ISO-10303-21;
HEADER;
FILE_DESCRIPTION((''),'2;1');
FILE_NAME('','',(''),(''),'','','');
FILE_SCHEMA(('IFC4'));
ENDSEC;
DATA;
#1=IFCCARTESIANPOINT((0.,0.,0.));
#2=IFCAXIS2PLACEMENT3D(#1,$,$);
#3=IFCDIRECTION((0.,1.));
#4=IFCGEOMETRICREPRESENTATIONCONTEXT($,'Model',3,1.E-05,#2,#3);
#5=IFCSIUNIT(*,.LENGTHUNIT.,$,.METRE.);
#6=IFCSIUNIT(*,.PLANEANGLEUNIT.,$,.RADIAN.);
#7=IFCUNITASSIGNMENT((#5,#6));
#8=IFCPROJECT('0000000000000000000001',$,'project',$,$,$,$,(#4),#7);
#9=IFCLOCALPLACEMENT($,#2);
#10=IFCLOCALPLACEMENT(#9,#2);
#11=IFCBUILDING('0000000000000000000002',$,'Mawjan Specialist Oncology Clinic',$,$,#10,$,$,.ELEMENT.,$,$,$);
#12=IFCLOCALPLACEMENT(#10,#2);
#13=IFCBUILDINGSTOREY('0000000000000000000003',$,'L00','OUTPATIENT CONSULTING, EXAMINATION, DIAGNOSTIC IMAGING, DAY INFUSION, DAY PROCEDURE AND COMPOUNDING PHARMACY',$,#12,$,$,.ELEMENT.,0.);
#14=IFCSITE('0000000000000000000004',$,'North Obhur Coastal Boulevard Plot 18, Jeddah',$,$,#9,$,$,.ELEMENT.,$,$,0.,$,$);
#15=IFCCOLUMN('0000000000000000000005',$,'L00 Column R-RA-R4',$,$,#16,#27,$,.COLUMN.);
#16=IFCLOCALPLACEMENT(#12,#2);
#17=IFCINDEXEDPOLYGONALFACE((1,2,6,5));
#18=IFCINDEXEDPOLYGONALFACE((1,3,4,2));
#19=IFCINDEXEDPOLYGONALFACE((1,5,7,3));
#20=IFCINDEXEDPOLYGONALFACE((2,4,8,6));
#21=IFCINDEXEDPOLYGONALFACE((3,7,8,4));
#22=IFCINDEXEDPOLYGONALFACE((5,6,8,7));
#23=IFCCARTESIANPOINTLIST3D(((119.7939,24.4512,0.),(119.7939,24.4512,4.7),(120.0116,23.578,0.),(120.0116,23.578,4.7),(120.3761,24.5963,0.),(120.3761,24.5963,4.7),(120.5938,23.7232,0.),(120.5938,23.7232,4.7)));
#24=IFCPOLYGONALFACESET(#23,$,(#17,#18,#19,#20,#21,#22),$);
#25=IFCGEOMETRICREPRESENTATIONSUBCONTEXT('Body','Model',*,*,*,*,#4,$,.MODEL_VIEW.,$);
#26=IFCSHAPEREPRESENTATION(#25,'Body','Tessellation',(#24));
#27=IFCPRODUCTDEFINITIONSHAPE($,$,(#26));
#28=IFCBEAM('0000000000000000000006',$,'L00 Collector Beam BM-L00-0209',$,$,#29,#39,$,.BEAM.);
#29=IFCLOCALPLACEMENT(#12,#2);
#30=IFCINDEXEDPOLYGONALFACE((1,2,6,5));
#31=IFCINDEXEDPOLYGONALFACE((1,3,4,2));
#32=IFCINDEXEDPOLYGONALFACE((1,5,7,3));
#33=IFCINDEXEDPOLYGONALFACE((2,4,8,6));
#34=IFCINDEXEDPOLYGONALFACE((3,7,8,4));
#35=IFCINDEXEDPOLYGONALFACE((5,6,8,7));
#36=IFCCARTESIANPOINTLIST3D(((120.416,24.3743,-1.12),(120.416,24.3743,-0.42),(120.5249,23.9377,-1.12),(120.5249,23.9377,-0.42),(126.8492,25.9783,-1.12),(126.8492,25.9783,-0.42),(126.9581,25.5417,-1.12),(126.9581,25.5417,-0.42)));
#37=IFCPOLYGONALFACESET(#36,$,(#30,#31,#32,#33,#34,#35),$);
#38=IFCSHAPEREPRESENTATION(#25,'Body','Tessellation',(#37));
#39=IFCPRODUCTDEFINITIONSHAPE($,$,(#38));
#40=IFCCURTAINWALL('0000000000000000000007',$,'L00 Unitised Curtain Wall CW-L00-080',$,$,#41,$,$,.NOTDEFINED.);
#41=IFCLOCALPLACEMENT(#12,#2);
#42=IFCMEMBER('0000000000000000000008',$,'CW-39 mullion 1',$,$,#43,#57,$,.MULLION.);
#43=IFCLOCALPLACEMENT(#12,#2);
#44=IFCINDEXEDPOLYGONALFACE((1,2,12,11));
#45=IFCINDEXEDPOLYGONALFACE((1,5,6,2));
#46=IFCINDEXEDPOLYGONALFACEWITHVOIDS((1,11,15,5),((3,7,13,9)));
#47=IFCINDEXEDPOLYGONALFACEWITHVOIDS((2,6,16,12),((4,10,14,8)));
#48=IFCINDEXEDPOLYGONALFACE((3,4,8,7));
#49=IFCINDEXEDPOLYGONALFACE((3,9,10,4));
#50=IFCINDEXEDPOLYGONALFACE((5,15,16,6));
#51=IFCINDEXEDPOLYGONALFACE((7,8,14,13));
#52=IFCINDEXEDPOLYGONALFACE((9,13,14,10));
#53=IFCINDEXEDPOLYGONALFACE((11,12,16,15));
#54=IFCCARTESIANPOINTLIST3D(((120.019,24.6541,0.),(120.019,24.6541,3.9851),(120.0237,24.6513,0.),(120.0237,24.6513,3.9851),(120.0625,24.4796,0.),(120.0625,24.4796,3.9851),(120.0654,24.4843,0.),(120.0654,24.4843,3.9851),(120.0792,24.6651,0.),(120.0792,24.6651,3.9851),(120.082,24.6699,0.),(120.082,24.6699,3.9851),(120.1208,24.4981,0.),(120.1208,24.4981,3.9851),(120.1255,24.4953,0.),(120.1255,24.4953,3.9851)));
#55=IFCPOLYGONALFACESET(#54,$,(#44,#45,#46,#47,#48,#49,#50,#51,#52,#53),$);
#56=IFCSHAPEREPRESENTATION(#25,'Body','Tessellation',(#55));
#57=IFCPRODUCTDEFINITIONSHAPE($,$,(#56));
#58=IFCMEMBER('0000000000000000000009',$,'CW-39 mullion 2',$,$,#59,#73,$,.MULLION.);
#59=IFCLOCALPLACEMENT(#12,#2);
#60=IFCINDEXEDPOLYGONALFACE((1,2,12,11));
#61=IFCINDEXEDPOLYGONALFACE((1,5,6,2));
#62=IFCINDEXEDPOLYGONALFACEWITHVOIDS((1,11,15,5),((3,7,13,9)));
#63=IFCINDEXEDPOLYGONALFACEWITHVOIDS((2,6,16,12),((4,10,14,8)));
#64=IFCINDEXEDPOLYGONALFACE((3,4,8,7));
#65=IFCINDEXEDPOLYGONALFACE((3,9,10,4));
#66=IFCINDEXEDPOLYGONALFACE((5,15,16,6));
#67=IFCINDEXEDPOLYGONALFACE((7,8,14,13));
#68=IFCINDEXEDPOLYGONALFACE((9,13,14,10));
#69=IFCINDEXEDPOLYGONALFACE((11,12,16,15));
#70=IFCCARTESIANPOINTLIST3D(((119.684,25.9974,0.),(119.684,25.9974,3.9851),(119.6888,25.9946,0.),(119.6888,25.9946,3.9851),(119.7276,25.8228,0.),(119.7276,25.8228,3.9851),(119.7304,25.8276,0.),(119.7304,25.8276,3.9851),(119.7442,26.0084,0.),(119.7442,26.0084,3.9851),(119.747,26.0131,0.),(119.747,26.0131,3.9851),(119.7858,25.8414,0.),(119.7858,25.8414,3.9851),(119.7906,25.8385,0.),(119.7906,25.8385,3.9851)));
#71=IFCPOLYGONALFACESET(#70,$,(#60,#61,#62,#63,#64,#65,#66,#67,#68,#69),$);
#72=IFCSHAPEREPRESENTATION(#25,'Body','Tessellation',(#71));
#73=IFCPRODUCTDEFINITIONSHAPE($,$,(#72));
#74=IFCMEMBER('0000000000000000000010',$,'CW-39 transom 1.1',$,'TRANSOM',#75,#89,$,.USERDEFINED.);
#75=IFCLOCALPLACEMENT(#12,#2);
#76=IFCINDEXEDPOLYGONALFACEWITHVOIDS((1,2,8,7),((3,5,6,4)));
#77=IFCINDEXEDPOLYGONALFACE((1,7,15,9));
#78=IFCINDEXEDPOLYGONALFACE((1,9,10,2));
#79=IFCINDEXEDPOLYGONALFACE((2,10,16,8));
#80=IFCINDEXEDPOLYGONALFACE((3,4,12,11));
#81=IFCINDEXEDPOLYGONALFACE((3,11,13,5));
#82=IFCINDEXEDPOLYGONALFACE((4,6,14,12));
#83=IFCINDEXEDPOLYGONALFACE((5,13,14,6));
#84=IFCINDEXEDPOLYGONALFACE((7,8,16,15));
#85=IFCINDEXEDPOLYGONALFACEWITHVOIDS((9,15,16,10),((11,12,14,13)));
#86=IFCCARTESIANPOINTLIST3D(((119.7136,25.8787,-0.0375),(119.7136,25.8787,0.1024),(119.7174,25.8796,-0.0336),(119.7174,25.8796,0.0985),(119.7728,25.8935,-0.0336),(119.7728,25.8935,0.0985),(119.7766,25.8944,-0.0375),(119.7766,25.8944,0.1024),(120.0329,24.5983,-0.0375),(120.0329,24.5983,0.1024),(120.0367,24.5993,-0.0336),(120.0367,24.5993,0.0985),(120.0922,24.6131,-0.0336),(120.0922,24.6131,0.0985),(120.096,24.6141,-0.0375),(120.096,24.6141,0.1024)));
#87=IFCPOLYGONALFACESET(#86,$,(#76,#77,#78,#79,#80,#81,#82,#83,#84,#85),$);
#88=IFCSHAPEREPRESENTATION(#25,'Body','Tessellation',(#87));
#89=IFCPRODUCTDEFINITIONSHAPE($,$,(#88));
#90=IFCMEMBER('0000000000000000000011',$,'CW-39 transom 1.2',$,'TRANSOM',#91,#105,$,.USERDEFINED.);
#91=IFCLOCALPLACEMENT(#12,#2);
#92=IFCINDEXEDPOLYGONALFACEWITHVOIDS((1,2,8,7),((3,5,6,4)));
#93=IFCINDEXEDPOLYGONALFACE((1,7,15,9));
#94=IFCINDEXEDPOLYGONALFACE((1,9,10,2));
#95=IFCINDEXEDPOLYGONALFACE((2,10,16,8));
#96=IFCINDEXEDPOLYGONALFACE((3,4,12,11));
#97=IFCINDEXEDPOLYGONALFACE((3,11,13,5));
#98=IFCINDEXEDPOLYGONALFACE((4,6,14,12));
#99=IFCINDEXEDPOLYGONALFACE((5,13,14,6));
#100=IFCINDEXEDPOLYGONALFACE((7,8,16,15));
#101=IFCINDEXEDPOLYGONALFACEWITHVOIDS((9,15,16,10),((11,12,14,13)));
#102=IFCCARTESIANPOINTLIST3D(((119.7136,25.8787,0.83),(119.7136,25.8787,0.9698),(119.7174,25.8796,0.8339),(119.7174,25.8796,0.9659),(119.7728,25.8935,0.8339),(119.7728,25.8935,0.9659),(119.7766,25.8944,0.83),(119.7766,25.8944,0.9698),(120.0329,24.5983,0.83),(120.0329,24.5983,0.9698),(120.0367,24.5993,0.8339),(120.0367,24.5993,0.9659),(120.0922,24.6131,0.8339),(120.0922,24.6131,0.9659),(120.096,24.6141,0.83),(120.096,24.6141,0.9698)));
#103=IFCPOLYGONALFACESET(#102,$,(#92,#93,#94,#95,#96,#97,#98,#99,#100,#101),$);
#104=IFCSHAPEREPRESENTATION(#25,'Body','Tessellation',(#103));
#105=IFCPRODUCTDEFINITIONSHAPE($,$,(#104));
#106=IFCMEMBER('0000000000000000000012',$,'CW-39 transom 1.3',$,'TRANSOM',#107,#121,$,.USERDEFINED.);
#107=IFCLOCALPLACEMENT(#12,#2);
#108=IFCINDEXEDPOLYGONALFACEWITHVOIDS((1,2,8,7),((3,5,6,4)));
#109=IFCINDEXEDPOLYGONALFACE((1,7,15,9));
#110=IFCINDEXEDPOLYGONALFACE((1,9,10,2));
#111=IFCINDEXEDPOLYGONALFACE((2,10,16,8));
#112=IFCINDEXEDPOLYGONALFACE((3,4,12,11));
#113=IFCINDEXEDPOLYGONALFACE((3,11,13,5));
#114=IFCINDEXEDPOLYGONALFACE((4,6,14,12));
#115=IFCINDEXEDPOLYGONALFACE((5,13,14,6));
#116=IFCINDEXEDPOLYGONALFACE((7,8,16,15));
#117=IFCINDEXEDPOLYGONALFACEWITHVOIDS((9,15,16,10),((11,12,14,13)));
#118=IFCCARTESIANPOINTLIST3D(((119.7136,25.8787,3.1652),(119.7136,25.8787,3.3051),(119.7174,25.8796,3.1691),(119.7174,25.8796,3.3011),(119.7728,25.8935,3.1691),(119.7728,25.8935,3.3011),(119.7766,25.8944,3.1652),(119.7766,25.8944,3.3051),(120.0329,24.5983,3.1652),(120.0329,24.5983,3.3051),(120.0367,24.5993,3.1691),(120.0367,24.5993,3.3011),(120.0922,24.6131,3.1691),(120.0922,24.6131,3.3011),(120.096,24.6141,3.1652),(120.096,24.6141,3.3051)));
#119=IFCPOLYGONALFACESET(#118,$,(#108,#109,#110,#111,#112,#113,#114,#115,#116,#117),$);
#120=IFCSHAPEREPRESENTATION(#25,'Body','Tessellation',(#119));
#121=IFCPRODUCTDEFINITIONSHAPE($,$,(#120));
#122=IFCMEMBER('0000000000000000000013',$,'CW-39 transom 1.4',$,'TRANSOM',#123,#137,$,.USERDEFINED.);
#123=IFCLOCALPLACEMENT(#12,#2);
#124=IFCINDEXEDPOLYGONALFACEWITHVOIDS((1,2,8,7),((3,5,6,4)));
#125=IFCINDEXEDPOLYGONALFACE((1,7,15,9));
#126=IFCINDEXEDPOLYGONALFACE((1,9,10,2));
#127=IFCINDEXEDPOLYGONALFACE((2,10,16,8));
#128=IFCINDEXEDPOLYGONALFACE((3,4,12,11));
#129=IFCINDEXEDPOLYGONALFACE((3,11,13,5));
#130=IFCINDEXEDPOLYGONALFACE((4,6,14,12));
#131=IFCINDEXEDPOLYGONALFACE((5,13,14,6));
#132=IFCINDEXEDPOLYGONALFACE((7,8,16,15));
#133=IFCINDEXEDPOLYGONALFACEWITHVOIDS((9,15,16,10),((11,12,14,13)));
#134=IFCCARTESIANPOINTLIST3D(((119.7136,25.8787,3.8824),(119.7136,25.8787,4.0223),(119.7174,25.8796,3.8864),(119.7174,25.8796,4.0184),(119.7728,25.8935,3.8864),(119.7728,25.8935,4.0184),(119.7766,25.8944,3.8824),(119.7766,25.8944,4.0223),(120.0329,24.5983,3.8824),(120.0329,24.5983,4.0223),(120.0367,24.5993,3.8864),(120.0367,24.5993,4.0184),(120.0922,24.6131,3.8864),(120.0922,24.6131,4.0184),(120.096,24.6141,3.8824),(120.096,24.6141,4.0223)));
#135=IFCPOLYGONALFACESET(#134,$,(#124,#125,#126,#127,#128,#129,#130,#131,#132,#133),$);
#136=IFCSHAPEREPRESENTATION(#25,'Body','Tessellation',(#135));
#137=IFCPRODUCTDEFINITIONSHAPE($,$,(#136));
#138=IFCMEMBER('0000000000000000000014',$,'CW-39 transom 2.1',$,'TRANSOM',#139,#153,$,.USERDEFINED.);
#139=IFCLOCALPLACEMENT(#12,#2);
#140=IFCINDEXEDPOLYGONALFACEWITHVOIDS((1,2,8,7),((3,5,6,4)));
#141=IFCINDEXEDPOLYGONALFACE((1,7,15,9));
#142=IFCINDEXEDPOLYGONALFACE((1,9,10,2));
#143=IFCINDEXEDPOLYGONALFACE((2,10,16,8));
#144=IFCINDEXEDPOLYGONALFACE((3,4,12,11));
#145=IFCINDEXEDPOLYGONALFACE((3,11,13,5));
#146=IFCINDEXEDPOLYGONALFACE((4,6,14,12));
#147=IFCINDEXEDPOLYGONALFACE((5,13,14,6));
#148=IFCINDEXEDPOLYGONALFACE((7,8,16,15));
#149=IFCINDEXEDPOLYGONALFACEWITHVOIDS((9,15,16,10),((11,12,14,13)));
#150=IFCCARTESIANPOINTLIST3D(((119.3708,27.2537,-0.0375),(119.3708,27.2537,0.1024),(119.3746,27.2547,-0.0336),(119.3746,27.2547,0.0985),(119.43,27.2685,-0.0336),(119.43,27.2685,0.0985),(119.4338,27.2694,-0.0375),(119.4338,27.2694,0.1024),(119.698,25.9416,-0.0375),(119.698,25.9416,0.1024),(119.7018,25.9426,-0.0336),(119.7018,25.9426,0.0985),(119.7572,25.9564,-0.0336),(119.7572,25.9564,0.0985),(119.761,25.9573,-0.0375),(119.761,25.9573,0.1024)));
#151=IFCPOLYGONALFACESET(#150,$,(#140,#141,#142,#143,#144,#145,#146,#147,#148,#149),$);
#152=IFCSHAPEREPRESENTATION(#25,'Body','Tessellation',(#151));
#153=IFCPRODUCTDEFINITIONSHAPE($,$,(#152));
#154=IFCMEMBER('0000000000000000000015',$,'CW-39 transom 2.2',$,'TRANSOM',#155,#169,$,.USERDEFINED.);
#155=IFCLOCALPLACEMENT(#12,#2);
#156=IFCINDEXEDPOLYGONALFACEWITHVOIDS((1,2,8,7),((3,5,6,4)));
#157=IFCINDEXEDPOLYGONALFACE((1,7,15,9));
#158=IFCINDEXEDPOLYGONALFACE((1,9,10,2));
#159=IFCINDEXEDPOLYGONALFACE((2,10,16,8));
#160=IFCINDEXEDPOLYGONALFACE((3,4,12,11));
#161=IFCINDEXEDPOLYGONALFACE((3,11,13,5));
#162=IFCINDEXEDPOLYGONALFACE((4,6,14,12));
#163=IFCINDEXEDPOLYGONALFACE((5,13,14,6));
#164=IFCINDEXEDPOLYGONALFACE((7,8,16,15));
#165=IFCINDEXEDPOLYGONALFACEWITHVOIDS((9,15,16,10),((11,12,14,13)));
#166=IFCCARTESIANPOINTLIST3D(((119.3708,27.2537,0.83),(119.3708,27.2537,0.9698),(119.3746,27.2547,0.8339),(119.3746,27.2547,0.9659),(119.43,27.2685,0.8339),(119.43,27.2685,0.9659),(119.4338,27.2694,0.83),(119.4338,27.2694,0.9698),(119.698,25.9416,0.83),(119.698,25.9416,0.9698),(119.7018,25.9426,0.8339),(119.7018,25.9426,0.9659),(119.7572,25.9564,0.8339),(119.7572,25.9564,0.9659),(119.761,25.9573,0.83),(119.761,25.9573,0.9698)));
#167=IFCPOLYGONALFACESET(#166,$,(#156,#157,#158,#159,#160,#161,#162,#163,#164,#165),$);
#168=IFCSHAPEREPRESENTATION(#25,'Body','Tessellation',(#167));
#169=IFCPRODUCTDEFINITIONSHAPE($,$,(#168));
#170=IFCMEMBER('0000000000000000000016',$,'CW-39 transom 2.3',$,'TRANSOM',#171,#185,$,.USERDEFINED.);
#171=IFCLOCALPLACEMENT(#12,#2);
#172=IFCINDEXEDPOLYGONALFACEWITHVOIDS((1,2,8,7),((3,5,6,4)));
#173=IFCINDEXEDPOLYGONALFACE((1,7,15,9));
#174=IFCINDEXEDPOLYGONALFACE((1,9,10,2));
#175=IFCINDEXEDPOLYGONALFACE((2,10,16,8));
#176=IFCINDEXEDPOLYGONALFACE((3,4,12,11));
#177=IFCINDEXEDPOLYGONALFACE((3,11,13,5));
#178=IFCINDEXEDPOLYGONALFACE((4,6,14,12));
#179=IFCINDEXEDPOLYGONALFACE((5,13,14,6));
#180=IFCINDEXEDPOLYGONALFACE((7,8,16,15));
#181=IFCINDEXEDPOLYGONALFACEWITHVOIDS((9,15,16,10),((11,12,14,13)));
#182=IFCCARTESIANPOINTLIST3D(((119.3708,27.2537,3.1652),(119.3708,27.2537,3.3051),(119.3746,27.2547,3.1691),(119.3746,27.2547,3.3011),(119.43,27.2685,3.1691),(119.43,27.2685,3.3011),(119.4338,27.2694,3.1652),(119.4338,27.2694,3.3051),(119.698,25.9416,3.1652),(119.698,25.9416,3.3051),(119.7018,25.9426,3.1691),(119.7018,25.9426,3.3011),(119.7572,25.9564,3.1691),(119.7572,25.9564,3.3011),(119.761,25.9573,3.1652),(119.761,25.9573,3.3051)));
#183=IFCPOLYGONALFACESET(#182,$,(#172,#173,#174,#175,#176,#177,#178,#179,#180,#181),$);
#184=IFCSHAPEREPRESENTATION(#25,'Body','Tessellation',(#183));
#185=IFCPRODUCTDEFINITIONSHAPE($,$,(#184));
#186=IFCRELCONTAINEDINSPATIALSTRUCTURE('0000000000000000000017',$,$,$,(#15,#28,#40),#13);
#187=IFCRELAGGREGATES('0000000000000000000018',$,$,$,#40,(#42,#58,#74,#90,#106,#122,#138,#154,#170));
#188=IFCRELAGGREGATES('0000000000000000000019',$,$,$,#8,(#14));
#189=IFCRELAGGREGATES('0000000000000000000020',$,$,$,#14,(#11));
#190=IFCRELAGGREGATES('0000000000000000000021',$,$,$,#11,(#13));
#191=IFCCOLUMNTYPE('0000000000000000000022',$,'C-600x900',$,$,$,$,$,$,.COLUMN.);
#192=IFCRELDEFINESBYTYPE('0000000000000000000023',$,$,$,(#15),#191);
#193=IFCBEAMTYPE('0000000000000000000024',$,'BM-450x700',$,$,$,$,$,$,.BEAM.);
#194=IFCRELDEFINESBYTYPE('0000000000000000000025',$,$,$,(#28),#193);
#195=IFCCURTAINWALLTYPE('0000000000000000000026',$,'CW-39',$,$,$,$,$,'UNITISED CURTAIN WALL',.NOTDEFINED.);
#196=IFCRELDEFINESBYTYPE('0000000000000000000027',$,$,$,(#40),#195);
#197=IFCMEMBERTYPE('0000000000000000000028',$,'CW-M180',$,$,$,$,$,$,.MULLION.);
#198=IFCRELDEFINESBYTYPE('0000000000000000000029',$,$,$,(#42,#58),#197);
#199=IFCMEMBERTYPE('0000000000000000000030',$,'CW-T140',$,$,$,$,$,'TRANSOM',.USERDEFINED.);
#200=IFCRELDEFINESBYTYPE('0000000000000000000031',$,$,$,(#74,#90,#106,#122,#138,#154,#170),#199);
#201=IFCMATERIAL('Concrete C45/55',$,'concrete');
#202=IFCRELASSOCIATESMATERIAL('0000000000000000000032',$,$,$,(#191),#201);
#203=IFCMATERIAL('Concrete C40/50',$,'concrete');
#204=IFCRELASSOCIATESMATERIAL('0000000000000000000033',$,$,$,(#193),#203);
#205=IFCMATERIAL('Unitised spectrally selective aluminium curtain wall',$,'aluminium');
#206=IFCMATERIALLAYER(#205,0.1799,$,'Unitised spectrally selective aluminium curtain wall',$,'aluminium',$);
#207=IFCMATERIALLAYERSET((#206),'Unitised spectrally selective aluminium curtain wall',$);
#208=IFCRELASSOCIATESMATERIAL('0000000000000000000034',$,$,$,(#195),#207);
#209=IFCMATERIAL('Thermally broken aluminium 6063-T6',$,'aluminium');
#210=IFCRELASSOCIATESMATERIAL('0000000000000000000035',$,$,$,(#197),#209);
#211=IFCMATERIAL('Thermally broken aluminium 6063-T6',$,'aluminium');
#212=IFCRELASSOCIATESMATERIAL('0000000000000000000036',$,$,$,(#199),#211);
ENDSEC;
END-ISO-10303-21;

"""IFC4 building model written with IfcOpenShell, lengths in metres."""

from ifc_helpers import new_model, si_unit, direction, frame, origin, origin_2d, place, context, subcontext, project, spatial, rectangle, hollow_rectangle, extrude, material, layer, layer_set, material_profile, profile_set, type_object, element, aggregate, save


model = new_model("IFC4")

# Units and contexts
model_context = context("Model", 3, precision=1e-05, world=origin(), true_north=direction((0.0, 1.0)))
body_context = subcontext(model_context, "Body", "Model", "MODEL_VIEW")
ifc_project = project(units=[si_unit("LENGTHUNIT", "METRE"), si_unit("PLANEANGLEUNIT", "RADIAN")], contexts=[model_context])

# Site, building, storey
site_placement = place(None, origin())
site = spatial("IfcSite", under=ifc_project, at=site_placement, Name="North Obhur Coastal Boulevard Plot 18, Jeddah", CompositionType="ELEMENT", RefElevation=0.0)
building_placement = place(site_placement, origin())
building = spatial("IfcBuilding", under=site, at=building_placement, Name="Mawjan Specialist Oncology Clinic", CompositionType="ELEMENT")
storey_placement = place(building_placement, origin())
storey = spatial("IfcBuildingStorey", under=building, at=storey_placement, Name="L00", Description="OUTPATIENT CONSULTING, EXAMINATION, DIAGNOSTIC IMAGING, DAY INFUSION, DAY PROCEDURE AND COMPOUNDING PHARMACY", CompositionType="ELEMENT", Elevation=0.0)

# Column
ifc_material_1 = material(Name="Concrete C45/55", Category="concrete")
ifc_material_profile_1 = material_profile(ifc_material_1, rectangle(XDim=0.6001, YDim=0.8999, at=origin_2d()), Name="RC COL 600x900", Category="concrete")
ifc_profile_set_1 = profile_set([ifc_material_profile_1], Name="Concrete C45/55")
column_type = type_object("IfcColumnType", Name="C-600x900", PredefinedType="COLUMN", material=ifc_profile_set_1)
column_placement = place(storey_placement, frame((120.1938, 24.0872, 0.0), z_axis=(0.0, 0.0, 1.0), x_axis=(0.970296, 0.241922, 0.0)))
element("IfcColumn", 1, at=column_placement, inside=storey, type_object=column_type, Name="L00 Column R-RA-R4", PredefinedType="COLUMN", context=body_context, shape_type="SweptSolid", body=[
    extrude(rectangle(XDim=0.6001, YDim=0.8999, at=origin_2d()), origin(), (0.0, 0.0, 1.0), 4.7),
])

# Beam
ifc_material_2 = material(Name="Concrete C40/50", Category="concrete")
ifc_material_profile_2 = material_profile(ifc_material_2, rectangle(XDim=0.45, YDim=0.7, at=origin_2d()), Name="RC BM 450x700", Category="concrete")
ifc_profile_set_2 = profile_set([ifc_material_profile_2], Name="Concrete C40/50")
beam_type_1 = type_object("IfcBeamType", Name="BM-450x700", PredefinedType="BEAM", material=ifc_profile_set_2)
beam_1_placement = place(storey_placement, frame((120.4705, 24.156, -0.77), z_axis=(0.970294, 0.241929, 0.0), x_axis=(-0.241929, 0.970294, 0.0)))
element("IfcBeam", 2, at=beam_1_placement, inside=storey, type_object=beam_type_1, Name="L00 Collector Beam BM-L00-0209", PredefinedType="BEAM", context=body_context, shape_type="SweptSolid", body=[
    extrude(rectangle(XDim=0.45, YDim=0.7, at=origin_2d()), origin(), (0.0, 0.0, 1.0), 6.6301),
])

# Curtain wall, members
ifc_material_3 = material(Name="Unitised spectrally selective aluminium curtain wall", Category="aluminium")
ifc_layer_1 = layer(ifc_material_3, 0.1799, Name="Unitised spectrally selective aluminium curtain wall", Category="aluminium")
ifc_layer_set_1 = layer_set([ifc_layer_1], Name="Unitised spectrally selective aluminium curtain wall")
curtain_wall_type = type_object("IfcCurtainWallType", Name="CW-39", ElementType="UNITISED CURTAIN WALL", PredefinedType="NOTDEFINED", material=ifc_layer_set_1)
curtain_wall_placement = place(storey_placement, origin())
curtain_wall = element("IfcCurtainWall", 3, at=curtain_wall_placement, inside=storey, type_object=curtain_wall_type, Name="L00 Unitised Curtain Wall CW-L00-080", PredefinedType="NOTDEFINED")
ifc_material_4 = material(Name="Thermally broken aluminium 6063-T6", Category="aluminium")
ifc_material_profile_3 = material_profile(ifc_material_4, hollow_rectangle(XDim=0.0649, YDim=0.1799, WallThickness=0.0039, at=origin_2d()), Name="ALU MULLION 180x65x4", Category="aluminium")
ifc_profile_set_3 = profile_set([ifc_material_profile_3], Name="Thermally broken aluminium 6063-T6")
member_type_1 = type_object("IfcMemberType", Name="CW-M180", PredefinedType="MULLION", material=ifc_profile_set_3)
member_1_placement = place(storey_placement, frame((120.0723, 24.5747, 0.0), z_axis=(0.0, 0.0, 1.0), x_axis=(-0.970296, -0.241922, 0.0)))
member_1 = element("IfcMember", 4, at=member_1_placement, type_object=member_type_1, Name="CW-39 mullion 1", PredefinedType="MULLION", context=body_context, shape_type="SweptSolid", body=[
    extrude(hollow_rectangle(XDim=0.0649, YDim=0.1799, WallThickness=0.0039, at=origin_2d()), origin(), (0.0, 0.0, 1.0), 3.9851),
])
member_2_placement = place(storey_placement, frame((119.7373, 25.918, 0.0), z_axis=(0.0, 0.0, 1.0), x_axis=(-0.970296, -0.241922, 0.0)))
member_2 = element("IfcMember", 5, at=member_2_placement, type_object=member_type_1, Name="CW-39 mullion 2", PredefinedType="MULLION", context=body_context, shape_type="SweptSolid", body=[
    extrude(hollow_rectangle(XDim=0.0649, YDim=0.1799, WallThickness=0.0039, at=origin_2d()), origin(), (0.0, 0.0, 1.0), 3.9851),
])
ifc_material_5 = material(Name="Thermally broken aluminium 6063-T6", Category="aluminium")
ifc_material_profile_4 = material_profile(ifc_material_5, hollow_rectangle(XDim=0.0649, YDim=0.1399, WallThickness=0.0039, at=origin_2d()), Name="ALU TRANSOM 140x65x4", Category="aluminium")
ifc_profile_set_4 = profile_set([ifc_material_profile_4], Name="Thermally broken aluminium 6063-T6")
member_type_2 = type_object("IfcMemberType", Name="CW-T140", ElementType="TRANSOM", PredefinedType="USERDEFINED", material=ifc_profile_set_4)
member_3_placement = place(storey_placement, frame((120.0645, 24.6062, 0.0325), z_axis=(-0.242013, 0.970273, 0.0), x_axis=(-0.970273, -0.242013, 0.0)))
member_3 = element("IfcMember", 6, at=member_3_placement, type_object=member_type_2, Name="CW-39 transom 1.1", ObjectType="TRANSOM", PredefinedType="USERDEFINED", context=body_context, shape_type="SweptSolid", body=[
    extrude(hollow_rectangle(XDim=0.0649, YDim=0.1399, WallThickness=0.0039, at=origin_2d()), origin(), (0.0, 0.0, 1.0), 1.3196),
])
member_4_placement = place(storey_placement, frame((120.0645, 24.6062, 0.8999), z_axis=(-0.242013, 0.970273, 0.0), x_axis=(-0.970273, -0.242013, 0.0)))
member_4 = element("IfcMember", 7, at=member_4_placement, type_object=member_type_2, Name="CW-39 transom 1.2", ObjectType="TRANSOM", PredefinedType="USERDEFINED", context=body_context, shape_type="SweptSolid", body=[
    extrude(hollow_rectangle(XDim=0.0649, YDim=0.1399, WallThickness=0.0039, at=origin_2d()), origin(), (0.0, 0.0, 1.0), 1.3196),
])
member_5_placement = place(storey_placement, frame((120.0645, 24.6062, 3.2351), z_axis=(-0.242013, 0.970273, 0.0), x_axis=(-0.970273, -0.242013, 0.0)))
member_5 = element("IfcMember", 8, at=member_5_placement, type_object=member_type_2, Name="CW-39 transom 1.3", ObjectType="TRANSOM", PredefinedType="USERDEFINED", context=body_context, shape_type="SweptSolid", body=[
    extrude(hollow_rectangle(XDim=0.0649, YDim=0.1399, WallThickness=0.0039, at=origin_2d()), origin(), (0.0, 0.0, 1.0), 1.3196),
])
member_6_placement = place(storey_placement, frame((120.0645, 24.6062, 3.9524), z_axis=(-0.242013, 0.970273, 0.0), x_axis=(-0.970273, -0.242013, 0.0)))
member_6 = element("IfcMember", 9, at=member_6_placement, type_object=member_type_2, Name="CW-39 transom 1.4", ObjectType="TRANSOM", PredefinedType="USERDEFINED", context=body_context, shape_type="SweptSolid", body=[
    extrude(hollow_rectangle(XDim=0.0649, YDim=0.1399, WallThickness=0.0039, at=origin_2d()), origin(), (0.0, 0.0, 1.0), 1.3196),
])
member_7_placement = place(storey_placement, frame((119.7295, 25.9495, 0.0325), z_axis=(-0.241941, 0.970291, 0.0), x_axis=(-0.970291, -0.241941, 0.0)))
member_7 = element("IfcMember", 10, at=member_7_placement, type_object=member_type_2, Name="CW-39 transom 2.1", ObjectType="TRANSOM", PredefinedType="USERDEFINED", context=body_context, shape_type="SweptSolid", body=[
    extrude(hollow_rectangle(XDim=0.0649, YDim=0.1399, WallThickness=0.0039, at=origin_2d()), origin(), (0.0, 0.0, 1.0), 1.3523),
])
member_8_placement = place(storey_placement, frame((119.7295, 25.9495, 0.8999), z_axis=(-0.241941, 0.970291, 0.0), x_axis=(-0.970291, -0.241941, 0.0)))
member_8 = element("IfcMember", 11, at=member_8_placement, type_object=member_type_2, Name="CW-39 transom 2.2", ObjectType="TRANSOM", PredefinedType="USERDEFINED", context=body_context, shape_type="SweptSolid", body=[
    extrude(hollow_rectangle(XDim=0.0649, YDim=0.1399, WallThickness=0.0039, at=origin_2d()), origin(), (0.0, 0.0, 1.0), 1.3523),
])
member_9_placement = place(storey_placement, frame((119.7295, 25.9495, 3.2351), z_axis=(-0.241941, 0.970291, 0.0), x_axis=(-0.970291, -0.241941, 0.0)))
member_9 = element("IfcMember", 12, at=member_9_placement, type_object=member_type_2, Name="CW-39 transom 2.3", ObjectType="TRANSOM", PredefinedType="USERDEFINED", context=body_context, shape_type="SweptSolid", body=[
    extrude(hollow_rectangle(XDim=0.0649, YDim=0.1399, WallThickness=0.0039, at=origin_2d()), origin(), (0.0, 0.0, 1.0), 1.3523),
])

aggregate(curtain_wall, [member_1, member_2, member_3, member_4, member_5, member_6, member_7, member_8, member_9])

save(model, "model.ifc")
